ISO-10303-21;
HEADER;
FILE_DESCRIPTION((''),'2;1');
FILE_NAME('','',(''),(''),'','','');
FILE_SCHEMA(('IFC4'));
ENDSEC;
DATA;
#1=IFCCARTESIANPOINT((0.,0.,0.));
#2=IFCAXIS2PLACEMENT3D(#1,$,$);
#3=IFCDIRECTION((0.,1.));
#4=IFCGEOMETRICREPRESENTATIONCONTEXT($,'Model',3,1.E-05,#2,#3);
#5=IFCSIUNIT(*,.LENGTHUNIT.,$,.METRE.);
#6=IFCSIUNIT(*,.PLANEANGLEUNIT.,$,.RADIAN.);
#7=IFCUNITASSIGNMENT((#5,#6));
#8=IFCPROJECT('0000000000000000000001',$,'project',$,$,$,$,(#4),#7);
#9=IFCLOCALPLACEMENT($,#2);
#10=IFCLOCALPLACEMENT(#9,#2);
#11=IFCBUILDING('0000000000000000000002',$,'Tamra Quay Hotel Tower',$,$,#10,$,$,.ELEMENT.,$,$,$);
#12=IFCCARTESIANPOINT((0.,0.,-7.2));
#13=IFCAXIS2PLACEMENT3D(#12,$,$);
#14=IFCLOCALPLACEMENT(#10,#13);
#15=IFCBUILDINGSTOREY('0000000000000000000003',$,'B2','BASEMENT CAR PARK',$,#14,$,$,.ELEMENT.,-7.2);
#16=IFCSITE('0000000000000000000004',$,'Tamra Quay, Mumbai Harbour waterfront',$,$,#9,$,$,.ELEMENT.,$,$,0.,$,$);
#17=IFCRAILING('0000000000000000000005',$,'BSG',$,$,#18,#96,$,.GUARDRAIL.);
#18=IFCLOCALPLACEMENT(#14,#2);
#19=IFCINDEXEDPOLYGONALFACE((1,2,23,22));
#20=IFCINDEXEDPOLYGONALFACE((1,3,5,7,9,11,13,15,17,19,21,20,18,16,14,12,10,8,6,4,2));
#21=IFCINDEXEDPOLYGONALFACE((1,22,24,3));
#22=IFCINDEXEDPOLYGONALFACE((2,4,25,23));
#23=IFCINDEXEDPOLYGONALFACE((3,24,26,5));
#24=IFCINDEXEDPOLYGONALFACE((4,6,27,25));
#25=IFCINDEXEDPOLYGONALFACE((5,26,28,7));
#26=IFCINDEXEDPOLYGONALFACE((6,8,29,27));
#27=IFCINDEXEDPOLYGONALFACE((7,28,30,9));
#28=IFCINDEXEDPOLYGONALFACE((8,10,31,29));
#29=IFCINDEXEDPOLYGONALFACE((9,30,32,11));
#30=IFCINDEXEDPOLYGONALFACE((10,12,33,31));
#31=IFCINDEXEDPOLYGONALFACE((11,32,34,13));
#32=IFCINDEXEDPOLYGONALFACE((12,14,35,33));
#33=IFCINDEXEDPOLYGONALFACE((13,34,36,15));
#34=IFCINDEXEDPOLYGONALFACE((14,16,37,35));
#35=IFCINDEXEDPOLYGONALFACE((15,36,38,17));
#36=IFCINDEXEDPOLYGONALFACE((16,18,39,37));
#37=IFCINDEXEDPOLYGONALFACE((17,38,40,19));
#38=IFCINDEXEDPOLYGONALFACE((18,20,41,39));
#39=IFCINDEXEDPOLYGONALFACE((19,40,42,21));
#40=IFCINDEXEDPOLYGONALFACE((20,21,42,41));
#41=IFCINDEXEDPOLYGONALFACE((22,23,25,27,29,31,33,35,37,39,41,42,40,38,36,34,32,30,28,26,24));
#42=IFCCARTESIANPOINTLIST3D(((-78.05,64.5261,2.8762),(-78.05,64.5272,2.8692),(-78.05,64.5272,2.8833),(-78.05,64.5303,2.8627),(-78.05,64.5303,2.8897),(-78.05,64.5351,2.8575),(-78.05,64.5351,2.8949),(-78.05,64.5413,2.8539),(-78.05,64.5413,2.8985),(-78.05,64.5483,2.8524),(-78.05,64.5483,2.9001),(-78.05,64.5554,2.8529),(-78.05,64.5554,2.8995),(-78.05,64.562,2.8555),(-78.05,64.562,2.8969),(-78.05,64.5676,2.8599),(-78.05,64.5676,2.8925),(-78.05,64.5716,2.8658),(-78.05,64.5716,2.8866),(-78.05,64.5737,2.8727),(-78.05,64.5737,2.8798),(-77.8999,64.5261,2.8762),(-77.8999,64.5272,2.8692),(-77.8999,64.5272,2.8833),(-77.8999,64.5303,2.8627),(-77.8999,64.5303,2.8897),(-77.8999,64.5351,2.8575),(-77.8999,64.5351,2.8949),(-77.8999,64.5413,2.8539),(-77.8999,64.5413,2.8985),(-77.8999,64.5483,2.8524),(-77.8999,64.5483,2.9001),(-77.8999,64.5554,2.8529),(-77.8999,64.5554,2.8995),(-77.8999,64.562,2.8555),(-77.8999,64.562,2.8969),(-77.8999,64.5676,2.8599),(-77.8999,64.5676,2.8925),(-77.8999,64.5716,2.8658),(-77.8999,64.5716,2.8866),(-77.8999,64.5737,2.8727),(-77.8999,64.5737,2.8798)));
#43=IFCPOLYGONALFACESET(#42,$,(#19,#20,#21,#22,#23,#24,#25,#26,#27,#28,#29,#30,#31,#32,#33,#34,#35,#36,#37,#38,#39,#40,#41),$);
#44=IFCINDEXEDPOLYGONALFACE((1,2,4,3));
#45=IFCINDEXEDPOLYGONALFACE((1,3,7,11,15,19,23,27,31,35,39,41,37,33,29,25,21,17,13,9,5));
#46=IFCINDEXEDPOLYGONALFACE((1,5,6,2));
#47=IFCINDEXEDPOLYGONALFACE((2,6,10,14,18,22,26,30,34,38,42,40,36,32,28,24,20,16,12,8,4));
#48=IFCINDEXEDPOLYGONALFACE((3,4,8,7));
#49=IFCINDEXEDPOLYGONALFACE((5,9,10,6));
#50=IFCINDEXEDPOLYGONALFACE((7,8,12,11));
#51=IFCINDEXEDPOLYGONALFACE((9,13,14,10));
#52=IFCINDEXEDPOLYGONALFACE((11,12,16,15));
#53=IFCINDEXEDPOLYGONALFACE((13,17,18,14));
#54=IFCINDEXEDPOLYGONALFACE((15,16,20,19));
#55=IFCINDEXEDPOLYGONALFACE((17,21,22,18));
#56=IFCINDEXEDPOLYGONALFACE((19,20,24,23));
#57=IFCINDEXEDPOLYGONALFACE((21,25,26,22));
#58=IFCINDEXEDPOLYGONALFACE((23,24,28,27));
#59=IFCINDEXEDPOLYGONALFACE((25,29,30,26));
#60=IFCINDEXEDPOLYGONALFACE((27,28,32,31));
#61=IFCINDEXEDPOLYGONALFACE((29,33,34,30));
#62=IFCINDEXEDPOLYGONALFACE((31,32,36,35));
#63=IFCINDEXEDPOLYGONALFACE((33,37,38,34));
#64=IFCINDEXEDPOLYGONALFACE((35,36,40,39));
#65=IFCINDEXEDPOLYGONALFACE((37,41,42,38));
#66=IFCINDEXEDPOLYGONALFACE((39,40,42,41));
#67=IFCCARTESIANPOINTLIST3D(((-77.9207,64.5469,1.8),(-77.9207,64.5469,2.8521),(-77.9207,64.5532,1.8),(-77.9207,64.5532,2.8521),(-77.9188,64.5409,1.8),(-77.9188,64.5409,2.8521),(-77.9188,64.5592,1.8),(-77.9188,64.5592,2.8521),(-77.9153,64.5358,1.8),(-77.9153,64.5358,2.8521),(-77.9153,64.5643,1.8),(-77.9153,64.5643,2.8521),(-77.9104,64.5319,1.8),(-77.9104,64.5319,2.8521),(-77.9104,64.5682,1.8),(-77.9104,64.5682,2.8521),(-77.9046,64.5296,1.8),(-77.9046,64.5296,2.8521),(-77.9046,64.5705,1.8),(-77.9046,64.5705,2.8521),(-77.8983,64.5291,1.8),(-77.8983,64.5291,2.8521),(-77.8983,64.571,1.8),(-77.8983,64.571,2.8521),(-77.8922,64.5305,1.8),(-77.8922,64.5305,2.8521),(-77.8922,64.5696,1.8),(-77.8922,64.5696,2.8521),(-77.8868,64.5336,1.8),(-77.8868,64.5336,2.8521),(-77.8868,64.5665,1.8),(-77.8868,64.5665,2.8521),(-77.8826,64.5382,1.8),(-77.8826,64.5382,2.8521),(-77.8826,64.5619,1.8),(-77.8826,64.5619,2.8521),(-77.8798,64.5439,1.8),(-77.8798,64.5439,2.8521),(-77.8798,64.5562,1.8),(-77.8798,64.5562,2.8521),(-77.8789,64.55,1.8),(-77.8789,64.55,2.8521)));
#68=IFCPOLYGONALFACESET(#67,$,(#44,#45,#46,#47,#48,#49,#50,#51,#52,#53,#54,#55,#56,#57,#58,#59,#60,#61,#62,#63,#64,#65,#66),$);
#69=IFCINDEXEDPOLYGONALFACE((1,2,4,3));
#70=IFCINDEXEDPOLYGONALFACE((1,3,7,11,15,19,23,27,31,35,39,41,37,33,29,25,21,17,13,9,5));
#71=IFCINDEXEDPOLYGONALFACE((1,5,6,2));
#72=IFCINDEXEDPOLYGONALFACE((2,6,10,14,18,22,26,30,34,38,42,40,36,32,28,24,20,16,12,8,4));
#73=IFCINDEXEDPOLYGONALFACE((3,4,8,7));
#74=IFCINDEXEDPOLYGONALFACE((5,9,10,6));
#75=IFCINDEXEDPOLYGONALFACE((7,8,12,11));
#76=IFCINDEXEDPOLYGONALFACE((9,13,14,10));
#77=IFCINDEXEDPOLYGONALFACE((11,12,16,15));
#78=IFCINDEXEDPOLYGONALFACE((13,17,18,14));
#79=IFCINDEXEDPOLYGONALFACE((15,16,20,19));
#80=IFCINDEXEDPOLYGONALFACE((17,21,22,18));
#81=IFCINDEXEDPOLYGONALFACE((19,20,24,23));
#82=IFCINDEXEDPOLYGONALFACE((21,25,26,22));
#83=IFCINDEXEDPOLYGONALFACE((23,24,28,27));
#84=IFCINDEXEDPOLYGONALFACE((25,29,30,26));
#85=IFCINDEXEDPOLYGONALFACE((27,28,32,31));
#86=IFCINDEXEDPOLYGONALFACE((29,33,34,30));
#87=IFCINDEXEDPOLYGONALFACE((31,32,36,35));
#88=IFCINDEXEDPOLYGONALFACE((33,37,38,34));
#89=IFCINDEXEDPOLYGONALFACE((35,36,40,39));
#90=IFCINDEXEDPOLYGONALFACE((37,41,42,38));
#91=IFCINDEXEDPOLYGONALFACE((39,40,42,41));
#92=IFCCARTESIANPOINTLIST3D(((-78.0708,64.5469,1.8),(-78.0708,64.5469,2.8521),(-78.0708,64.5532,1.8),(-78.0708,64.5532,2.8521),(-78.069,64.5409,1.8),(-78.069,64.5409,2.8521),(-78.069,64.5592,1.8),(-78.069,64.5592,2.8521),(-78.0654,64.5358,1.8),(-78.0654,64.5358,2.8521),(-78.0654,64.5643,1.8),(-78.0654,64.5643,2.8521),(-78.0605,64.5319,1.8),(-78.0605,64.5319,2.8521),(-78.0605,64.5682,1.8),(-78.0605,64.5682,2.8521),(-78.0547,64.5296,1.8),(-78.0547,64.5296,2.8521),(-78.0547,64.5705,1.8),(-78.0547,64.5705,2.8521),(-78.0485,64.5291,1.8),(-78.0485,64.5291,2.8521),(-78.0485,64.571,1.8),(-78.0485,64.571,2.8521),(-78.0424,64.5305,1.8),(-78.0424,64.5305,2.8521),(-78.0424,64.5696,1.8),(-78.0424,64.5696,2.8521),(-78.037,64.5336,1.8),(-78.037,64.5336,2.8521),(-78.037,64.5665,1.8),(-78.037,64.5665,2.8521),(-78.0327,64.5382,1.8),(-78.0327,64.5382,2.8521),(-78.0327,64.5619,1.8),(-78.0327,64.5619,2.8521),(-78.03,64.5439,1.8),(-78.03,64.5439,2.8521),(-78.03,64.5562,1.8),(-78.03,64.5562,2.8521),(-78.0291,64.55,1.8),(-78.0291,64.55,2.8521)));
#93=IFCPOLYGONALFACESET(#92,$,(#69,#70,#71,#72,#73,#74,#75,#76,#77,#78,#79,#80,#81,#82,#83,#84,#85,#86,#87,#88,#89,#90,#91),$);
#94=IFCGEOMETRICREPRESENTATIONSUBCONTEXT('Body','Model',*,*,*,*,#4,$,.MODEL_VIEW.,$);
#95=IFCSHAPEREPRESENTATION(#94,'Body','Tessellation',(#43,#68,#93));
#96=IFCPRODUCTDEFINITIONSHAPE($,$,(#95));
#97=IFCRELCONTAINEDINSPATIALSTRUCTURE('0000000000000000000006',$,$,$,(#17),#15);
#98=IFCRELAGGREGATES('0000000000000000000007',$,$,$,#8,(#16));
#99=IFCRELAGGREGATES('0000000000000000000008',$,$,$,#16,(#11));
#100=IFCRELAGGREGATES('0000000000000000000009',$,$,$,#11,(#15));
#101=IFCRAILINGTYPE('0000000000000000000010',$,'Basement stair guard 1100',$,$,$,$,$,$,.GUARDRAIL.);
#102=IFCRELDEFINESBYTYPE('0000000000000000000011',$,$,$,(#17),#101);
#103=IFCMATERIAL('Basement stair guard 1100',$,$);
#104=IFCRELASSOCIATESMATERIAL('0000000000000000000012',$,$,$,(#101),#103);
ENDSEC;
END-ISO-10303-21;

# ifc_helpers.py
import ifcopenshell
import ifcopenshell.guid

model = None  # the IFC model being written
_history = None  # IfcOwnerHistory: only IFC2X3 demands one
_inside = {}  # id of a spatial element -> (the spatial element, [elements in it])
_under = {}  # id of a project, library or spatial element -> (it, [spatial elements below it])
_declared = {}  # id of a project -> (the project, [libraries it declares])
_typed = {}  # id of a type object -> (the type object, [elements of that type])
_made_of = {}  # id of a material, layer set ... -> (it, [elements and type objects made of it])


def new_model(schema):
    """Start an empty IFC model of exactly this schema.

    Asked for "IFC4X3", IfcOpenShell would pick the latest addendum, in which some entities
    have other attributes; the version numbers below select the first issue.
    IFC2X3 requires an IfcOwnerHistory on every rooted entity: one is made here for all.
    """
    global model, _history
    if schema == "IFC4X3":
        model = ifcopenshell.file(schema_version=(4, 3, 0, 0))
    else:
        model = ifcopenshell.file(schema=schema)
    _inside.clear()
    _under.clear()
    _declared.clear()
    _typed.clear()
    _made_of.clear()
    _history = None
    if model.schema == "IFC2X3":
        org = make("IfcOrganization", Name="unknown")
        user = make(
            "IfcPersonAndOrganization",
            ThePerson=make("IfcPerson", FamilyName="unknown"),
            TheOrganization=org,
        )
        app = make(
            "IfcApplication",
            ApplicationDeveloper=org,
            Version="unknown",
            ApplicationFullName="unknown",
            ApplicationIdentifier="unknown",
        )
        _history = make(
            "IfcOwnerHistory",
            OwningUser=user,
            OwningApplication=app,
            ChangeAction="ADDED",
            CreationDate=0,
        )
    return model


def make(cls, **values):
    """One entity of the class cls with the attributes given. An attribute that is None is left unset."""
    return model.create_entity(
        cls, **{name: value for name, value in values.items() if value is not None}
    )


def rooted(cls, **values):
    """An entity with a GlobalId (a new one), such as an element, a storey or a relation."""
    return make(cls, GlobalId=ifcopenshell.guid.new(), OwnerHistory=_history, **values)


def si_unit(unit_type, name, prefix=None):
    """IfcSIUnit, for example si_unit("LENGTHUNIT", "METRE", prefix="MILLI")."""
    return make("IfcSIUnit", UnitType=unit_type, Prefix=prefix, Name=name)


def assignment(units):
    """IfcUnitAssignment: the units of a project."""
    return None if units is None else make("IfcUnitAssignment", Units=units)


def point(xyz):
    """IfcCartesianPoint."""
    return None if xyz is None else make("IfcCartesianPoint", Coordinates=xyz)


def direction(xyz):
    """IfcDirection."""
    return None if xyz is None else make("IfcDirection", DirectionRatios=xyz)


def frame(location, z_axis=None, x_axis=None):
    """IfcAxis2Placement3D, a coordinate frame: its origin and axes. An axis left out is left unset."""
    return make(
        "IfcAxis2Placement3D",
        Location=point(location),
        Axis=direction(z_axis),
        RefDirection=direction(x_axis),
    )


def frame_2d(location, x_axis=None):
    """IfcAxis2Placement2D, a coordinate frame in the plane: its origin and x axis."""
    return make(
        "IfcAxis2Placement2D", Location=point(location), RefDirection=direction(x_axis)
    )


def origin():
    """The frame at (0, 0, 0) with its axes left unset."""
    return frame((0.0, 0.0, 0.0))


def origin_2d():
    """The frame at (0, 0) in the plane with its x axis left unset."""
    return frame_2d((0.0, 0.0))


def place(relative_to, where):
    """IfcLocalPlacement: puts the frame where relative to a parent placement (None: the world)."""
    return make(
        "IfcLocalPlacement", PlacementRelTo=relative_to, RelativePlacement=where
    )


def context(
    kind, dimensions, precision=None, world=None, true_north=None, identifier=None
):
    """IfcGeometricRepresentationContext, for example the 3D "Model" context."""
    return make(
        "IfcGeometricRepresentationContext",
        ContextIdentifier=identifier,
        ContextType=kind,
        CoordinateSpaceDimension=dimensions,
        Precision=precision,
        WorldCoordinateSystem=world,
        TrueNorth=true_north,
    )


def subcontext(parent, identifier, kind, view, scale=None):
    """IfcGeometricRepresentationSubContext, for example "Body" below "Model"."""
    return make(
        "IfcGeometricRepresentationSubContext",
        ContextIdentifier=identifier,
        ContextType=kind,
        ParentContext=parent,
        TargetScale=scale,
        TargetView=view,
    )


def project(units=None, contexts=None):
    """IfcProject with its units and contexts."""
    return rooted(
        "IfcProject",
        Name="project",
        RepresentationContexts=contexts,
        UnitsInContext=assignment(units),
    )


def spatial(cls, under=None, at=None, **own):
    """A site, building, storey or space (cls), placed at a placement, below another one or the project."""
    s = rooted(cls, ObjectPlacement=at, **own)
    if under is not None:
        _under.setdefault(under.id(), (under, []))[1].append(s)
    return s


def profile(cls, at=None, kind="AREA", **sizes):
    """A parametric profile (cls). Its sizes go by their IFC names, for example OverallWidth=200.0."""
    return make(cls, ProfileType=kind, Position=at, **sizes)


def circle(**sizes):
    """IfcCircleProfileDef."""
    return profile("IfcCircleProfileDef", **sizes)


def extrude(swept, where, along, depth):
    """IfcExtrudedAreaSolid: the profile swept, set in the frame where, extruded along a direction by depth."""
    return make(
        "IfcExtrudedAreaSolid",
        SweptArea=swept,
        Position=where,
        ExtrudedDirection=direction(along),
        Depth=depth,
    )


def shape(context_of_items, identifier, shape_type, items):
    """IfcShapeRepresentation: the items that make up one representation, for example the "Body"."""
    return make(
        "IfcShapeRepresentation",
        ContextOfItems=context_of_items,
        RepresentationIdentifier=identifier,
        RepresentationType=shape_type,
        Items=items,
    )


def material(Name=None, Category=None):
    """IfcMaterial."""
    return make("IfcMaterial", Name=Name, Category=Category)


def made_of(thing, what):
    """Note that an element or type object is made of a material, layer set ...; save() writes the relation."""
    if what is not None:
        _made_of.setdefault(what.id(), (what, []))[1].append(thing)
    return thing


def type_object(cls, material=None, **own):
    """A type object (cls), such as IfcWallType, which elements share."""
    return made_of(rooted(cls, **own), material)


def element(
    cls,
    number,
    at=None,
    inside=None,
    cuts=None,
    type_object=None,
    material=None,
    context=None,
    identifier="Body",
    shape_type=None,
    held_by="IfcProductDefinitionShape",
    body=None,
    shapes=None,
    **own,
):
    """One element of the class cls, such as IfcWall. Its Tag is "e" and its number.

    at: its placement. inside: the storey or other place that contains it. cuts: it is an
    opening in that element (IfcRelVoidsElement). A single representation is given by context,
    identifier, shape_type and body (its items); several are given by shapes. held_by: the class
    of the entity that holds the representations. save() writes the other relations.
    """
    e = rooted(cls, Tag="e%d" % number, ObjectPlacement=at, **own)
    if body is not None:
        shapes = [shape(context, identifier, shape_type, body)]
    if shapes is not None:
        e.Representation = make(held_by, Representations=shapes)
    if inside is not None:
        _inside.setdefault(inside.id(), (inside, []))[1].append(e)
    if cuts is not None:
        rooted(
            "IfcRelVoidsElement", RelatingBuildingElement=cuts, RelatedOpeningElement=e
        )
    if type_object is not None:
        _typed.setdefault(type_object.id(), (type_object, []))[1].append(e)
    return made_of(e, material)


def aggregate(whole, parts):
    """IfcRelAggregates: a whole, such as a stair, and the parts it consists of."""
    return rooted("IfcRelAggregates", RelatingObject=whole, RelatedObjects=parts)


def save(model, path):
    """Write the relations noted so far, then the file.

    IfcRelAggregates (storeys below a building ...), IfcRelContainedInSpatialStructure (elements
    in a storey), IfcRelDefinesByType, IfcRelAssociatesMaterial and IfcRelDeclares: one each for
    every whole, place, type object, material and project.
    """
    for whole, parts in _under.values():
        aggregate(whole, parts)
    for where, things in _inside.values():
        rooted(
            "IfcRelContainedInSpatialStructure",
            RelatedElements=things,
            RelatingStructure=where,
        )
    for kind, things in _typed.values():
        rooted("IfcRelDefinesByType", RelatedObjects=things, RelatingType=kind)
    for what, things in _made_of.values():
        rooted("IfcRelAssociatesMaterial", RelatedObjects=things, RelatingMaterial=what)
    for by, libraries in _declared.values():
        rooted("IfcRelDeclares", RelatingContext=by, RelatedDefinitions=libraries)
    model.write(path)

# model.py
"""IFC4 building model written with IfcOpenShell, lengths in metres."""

from ifc_helpers import new_model, si_unit, direction, frame, origin, origin_2d, place, context, subcontext, project, spatial, circle, extrude, material, type_object, element, save


model = new_model("IFC4")

# Units and contexts
model_context = context("Model", 3, precision=1e-05, world=origin(), true_north=direction((0.0, 1.0)))
body_context = subcontext(model_context, "Body", "Model", "MODEL_VIEW")
ifc_project = project(units=[si_unit("LENGTHUNIT", "METRE"), si_unit("PLANEANGLEUNIT", "RADIAN")], contexts=[model_context])

# Site, building, storey
site_placement = place(None, origin())
site = spatial("IfcSite", under=ifc_project, at=site_placement, Name="Tamra Quay, Mumbai Harbour waterfront", CompositionType="ELEMENT", RefElevation=0.0)
building_placement = place(site_placement, origin())
building = spatial("IfcBuilding", under=site, at=building_placement, Name="Tamra Quay Hotel Tower", CompositionType="ELEMENT")
storey_placement = place(building_placement, frame((0.0, 0.0, -7.2)))
storey = spatial("IfcBuildingStorey", under=building, at=storey_placement, Name="B2", Description="BASEMENT CAR PARK", CompositionType="ELEMENT", Elevation=-7.2)

# Railing
ifc_material_1 = material(Name="Basement stair guard 1100")
railing_type_1 = type_object("IfcRailingType", Name="Basement stair guard 1100", PredefinedType="GUARDRAIL", material=ifc_material_1)
railing_1_placement = place(storey_placement, frame((-77.8999, 64.55, 1.8)))
element("IfcRailing", 1, at=railing_1_placement, inside=storey, type_object=railing_type_1, Name="BSG", PredefinedType="GUARDRAIL", context=body_context, shape_type="SweptSolid", body=[
    extrude(circle(Radius=0.0239, at=origin_2d()), frame((0.0, 0.0, 1.0762), z_axis=(-1.0, 0.0, 0.0), x_axis=(0.0, -1.0, 0.0)), (0.0, 0.0, 1.0), 0.1501),
    extrude(circle(Radius=0.021, at=origin_2d()), origin(), (0.0, 0.0, 1.0), 1.052),
    extrude(circle(Radius=0.021, at=origin_2d()), frame((-0.1501, 0.0, 0.0)), (0.0, 0.0, 1.0), 1.052),
])

save(model, "model.ifc")
